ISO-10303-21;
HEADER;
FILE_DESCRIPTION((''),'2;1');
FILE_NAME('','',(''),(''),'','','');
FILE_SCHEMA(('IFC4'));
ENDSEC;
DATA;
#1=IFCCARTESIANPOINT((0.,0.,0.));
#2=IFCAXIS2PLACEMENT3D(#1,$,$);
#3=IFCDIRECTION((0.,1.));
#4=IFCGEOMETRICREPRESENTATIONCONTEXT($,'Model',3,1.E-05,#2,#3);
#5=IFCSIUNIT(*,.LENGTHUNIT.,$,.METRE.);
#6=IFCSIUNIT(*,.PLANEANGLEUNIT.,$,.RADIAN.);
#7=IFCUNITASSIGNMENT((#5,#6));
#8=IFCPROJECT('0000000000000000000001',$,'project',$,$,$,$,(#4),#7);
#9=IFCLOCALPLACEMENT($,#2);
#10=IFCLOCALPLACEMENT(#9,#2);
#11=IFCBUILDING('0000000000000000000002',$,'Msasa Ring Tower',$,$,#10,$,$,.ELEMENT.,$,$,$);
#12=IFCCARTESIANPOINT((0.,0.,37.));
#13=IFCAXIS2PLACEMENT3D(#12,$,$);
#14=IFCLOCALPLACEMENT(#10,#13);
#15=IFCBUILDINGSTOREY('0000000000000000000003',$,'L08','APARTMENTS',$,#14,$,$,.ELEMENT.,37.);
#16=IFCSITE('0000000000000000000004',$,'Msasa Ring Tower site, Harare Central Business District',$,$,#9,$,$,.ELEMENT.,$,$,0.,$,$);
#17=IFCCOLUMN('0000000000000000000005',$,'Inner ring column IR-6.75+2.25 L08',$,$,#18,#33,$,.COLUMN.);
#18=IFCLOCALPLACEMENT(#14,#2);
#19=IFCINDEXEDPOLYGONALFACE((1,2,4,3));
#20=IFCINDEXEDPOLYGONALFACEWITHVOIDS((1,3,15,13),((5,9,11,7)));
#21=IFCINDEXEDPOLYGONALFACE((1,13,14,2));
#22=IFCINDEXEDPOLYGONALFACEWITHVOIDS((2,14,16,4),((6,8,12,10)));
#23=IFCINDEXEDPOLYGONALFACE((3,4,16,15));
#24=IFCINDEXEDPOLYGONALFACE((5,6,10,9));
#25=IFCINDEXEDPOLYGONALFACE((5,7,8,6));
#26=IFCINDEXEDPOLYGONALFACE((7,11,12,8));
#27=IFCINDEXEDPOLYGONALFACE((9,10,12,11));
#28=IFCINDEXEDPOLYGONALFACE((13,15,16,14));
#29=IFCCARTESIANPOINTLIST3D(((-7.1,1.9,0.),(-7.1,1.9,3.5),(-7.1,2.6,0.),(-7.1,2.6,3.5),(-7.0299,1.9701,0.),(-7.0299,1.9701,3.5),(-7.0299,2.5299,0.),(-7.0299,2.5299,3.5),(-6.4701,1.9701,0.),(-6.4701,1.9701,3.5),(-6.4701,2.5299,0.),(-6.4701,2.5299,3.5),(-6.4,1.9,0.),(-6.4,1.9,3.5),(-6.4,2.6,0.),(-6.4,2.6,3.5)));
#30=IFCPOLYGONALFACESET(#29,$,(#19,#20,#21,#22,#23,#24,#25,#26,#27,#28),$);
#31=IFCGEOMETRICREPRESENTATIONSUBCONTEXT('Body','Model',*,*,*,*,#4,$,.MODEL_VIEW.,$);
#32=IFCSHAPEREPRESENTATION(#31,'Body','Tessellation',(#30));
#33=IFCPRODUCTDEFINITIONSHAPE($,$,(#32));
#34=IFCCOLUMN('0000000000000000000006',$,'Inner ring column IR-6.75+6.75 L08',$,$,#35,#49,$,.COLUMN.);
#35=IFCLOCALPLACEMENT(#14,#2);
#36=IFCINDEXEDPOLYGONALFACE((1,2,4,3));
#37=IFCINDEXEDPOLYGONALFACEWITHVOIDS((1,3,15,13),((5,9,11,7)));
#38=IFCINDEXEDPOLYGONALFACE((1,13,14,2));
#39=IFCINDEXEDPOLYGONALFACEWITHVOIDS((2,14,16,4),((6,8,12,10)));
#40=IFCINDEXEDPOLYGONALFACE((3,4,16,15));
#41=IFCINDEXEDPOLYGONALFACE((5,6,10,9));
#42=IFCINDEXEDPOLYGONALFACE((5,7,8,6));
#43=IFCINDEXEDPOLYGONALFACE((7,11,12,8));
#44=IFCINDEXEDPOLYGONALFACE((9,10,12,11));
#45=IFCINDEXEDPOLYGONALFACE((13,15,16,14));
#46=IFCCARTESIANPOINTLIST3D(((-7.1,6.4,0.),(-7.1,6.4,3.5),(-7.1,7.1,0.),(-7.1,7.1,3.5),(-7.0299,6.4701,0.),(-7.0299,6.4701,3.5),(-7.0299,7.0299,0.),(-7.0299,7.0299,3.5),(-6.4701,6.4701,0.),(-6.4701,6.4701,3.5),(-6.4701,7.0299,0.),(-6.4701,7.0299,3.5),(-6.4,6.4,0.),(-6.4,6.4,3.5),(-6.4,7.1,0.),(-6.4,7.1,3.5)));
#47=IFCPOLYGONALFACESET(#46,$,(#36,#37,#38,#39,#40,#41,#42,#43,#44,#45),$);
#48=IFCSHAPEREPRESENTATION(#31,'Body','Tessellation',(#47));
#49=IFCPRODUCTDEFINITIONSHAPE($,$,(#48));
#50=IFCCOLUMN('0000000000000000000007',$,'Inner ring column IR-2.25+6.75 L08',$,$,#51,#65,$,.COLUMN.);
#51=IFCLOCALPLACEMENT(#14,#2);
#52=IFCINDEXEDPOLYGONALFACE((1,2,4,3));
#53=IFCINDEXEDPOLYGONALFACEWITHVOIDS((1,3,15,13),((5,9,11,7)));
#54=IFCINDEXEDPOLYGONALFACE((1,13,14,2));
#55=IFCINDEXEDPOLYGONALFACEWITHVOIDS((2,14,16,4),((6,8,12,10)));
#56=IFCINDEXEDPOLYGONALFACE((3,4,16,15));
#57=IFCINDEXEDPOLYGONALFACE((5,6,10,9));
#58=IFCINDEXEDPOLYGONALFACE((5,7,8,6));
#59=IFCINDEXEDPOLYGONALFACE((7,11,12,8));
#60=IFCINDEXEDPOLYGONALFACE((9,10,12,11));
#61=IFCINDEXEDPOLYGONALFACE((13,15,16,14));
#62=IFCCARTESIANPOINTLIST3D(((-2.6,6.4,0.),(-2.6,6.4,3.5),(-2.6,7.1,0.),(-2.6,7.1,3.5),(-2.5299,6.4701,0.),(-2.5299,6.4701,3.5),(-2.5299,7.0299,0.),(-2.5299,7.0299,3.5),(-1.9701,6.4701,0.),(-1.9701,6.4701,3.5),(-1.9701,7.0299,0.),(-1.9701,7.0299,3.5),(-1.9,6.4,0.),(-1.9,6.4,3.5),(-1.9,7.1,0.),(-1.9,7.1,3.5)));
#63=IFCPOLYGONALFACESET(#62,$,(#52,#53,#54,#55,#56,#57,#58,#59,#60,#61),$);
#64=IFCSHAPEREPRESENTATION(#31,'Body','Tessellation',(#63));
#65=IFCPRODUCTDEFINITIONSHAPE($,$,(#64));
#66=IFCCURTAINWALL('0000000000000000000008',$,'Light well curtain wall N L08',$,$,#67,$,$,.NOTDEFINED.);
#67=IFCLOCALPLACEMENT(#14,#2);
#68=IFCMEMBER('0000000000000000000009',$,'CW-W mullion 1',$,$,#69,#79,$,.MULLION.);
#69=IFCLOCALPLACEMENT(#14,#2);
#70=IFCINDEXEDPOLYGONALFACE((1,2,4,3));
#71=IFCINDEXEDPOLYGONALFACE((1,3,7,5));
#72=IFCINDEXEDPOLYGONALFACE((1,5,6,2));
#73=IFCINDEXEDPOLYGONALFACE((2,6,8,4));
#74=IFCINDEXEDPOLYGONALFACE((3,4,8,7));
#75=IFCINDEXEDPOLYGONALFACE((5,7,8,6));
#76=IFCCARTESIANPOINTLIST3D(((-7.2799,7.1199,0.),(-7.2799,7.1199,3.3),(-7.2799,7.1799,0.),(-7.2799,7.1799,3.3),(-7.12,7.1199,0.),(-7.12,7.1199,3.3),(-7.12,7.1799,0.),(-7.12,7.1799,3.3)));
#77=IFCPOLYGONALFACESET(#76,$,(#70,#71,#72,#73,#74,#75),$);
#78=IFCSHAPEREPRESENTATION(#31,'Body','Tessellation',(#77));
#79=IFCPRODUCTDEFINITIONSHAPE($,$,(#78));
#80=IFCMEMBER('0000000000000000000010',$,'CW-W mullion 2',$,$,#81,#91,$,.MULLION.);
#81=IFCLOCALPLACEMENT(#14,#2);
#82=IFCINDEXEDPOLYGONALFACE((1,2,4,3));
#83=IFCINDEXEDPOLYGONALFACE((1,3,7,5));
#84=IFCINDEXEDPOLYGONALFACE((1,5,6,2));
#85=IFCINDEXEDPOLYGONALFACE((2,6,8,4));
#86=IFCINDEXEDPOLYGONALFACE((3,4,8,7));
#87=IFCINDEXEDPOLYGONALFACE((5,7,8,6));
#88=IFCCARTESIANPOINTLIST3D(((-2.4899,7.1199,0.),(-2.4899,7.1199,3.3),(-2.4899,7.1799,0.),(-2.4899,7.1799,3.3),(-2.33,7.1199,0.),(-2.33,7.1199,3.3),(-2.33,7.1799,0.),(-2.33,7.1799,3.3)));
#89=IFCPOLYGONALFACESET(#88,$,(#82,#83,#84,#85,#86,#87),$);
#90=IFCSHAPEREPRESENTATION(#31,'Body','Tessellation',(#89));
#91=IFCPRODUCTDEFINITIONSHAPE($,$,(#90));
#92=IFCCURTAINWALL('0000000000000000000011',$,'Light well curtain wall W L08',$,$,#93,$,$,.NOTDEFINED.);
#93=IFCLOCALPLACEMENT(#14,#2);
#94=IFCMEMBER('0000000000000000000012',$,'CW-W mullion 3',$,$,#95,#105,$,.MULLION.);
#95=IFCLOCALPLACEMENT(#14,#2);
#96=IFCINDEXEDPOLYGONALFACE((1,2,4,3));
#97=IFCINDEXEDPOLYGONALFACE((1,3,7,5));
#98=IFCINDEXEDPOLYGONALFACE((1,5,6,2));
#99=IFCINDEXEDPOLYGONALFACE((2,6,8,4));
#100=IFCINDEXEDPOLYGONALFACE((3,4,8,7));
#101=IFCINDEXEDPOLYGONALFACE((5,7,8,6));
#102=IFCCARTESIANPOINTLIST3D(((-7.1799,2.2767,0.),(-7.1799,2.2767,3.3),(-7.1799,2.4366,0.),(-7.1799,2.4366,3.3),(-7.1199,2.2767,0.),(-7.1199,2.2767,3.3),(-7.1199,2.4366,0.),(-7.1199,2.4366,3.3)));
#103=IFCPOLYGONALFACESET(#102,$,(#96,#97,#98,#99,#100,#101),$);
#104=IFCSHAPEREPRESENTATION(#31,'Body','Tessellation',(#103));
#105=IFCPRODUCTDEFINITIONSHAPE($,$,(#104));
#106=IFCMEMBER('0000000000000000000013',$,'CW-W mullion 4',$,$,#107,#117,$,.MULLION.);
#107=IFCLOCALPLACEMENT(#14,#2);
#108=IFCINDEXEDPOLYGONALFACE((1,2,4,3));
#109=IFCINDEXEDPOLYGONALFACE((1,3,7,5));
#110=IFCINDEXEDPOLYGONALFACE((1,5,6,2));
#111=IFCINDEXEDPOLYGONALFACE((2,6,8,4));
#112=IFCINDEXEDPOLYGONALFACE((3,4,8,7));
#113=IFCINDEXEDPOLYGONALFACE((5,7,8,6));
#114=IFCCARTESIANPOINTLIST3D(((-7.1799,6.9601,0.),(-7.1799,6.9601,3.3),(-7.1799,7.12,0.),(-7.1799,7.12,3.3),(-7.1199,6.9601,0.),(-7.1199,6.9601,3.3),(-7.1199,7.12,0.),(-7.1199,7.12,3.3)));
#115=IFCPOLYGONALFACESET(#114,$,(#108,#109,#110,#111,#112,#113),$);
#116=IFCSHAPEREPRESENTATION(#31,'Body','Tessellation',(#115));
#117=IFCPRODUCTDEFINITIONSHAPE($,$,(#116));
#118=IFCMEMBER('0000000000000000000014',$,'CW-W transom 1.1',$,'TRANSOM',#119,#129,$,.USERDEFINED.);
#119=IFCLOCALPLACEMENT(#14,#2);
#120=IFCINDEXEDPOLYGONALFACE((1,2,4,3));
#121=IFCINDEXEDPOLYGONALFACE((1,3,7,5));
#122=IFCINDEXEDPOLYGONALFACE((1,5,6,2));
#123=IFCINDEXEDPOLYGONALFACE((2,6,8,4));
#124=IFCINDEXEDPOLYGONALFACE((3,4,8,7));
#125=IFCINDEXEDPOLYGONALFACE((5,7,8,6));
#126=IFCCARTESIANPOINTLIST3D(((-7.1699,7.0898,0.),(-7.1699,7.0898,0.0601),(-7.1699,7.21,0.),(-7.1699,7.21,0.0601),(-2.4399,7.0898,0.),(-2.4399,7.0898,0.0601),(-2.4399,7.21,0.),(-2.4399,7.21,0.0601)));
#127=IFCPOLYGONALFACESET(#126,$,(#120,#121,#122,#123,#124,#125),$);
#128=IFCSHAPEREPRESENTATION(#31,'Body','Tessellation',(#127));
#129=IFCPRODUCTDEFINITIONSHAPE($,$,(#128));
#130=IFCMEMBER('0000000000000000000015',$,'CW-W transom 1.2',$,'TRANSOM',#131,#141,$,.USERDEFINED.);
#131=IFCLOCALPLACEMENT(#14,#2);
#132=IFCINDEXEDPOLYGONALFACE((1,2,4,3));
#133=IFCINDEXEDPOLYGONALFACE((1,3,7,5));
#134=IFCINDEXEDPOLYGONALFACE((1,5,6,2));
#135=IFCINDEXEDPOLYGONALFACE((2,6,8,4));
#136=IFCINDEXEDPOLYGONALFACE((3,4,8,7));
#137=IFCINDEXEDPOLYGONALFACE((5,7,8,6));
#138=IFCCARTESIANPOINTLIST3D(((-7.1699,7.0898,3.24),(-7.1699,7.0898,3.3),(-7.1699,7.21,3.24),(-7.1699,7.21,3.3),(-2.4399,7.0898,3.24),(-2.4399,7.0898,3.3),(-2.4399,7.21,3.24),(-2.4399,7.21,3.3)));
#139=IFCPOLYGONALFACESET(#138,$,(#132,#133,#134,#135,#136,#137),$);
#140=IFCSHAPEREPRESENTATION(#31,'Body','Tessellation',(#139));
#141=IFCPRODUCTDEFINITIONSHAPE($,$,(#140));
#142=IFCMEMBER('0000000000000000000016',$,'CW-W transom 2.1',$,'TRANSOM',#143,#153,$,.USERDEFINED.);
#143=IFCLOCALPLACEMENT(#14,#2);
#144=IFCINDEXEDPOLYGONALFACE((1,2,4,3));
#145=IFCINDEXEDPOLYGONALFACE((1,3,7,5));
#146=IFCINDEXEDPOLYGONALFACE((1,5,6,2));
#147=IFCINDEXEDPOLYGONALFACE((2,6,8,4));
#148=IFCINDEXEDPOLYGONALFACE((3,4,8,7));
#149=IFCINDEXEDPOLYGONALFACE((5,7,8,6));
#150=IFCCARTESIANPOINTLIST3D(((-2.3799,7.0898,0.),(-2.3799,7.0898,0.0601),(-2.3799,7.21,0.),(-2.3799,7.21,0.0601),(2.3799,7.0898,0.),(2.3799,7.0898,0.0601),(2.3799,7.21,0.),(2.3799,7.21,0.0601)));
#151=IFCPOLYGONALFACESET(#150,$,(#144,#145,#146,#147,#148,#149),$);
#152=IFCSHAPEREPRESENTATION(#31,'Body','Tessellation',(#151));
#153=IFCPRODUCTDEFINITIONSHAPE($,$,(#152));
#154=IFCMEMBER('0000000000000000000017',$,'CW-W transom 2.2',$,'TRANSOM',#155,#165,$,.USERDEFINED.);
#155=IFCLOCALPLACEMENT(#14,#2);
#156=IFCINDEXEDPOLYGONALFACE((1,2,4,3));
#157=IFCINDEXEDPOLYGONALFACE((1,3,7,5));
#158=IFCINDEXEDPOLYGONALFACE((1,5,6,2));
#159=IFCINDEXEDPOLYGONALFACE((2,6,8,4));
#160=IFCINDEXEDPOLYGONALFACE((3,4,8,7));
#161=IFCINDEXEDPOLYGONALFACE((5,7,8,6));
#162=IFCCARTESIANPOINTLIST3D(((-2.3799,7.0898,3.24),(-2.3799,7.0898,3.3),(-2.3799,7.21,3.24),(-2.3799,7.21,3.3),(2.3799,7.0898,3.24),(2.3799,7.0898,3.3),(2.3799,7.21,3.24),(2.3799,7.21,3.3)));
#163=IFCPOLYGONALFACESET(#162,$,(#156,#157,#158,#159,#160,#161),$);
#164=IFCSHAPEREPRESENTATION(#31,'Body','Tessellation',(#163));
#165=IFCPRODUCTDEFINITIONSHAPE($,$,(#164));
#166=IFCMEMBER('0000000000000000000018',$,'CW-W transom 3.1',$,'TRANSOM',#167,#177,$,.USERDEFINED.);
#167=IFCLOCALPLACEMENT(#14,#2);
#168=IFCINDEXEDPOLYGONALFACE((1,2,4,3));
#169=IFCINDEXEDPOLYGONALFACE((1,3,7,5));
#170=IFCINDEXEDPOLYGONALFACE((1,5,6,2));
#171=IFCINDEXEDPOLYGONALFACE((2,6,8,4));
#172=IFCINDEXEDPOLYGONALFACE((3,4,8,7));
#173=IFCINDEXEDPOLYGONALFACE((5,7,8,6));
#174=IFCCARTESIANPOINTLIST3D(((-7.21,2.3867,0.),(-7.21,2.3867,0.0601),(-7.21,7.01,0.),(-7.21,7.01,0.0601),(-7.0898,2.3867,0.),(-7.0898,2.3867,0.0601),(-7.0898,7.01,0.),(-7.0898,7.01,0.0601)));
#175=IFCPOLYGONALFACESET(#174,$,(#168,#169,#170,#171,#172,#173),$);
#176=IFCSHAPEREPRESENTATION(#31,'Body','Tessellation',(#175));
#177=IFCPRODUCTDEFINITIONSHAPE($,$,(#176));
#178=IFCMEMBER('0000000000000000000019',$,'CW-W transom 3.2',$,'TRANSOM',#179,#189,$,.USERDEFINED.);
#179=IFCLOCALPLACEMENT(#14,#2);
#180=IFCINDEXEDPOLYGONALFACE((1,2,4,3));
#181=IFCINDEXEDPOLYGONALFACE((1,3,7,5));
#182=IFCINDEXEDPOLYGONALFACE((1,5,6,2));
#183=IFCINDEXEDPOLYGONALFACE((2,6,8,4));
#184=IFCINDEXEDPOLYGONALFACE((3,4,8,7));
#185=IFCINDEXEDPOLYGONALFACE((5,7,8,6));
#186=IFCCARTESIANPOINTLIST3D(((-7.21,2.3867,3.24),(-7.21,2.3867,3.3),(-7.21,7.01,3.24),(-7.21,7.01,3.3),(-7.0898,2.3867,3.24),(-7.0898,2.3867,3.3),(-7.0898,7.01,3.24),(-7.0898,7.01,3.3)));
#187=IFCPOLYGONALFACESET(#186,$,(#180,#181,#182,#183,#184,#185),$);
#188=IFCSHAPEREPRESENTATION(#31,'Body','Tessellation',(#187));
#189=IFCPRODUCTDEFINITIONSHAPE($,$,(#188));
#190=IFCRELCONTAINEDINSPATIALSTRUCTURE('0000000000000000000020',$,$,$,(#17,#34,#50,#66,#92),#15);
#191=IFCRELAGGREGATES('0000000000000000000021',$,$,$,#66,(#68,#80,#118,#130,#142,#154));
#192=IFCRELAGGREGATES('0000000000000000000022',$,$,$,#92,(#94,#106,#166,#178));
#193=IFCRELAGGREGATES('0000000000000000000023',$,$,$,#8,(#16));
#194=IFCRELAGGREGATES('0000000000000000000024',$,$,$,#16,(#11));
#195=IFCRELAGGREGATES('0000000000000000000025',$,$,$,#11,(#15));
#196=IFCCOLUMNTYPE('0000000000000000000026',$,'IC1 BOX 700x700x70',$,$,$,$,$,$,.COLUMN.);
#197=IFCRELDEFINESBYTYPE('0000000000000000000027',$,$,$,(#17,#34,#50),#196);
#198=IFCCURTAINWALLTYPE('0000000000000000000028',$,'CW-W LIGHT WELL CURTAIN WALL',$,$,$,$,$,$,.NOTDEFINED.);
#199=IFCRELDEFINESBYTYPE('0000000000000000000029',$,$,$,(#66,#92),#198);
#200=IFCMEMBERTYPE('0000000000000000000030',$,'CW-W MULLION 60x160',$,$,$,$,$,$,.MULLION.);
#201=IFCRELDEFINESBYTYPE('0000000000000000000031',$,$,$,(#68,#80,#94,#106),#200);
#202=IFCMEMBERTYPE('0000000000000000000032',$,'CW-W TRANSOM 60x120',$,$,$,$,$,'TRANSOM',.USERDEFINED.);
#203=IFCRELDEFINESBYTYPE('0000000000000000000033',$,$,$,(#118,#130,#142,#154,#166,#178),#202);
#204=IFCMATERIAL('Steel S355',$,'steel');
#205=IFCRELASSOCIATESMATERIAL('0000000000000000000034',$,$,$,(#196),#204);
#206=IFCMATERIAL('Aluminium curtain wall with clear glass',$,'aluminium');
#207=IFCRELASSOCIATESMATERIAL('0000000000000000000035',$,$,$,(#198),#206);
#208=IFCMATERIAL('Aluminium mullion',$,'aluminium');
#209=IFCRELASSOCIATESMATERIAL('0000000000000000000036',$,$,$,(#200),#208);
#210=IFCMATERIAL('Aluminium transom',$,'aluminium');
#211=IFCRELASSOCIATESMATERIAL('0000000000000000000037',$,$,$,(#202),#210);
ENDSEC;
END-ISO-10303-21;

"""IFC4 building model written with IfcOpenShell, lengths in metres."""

from ifc_helpers import new_model, si_unit, direction, frame, origin, origin_2d, place, context, subcontext, project, spatial, rectangle, hollow_rectangle, extrude, material, material_profile, profile_set, type_object, element, aggregate, save


model = new_model("IFC4")

# Units and contexts
model_context = context("Model", 3, precision=1e-05, world=origin(), true_north=direction((0.0, 1.0)))
body_context = subcontext(model_context, "Body", "Model", "MODEL_VIEW")
ifc_project = project(units=[si_unit("LENGTHUNIT", "METRE"), si_unit("PLANEANGLEUNIT", "RADIAN")], contexts=[model_context])

# Site, building, storey
site_placement = place(None, origin())
site = spatial("IfcSite", under=ifc_project, at=site_placement, Name="Msasa Ring Tower site, Harare Central Business District", CompositionType="ELEMENT", RefElevation=0.0)
building_placement = place(site_placement, origin())
building = spatial("IfcBuilding", under=site, at=building_placement, Name="Msasa Ring Tower", CompositionType="ELEMENT")
storey_placement = place(building_placement, frame((0.0, 0.0, 37.0)))
storey = spatial("IfcBuildingStorey", under=building, at=storey_placement, Name="L08", Description="APARTMENTS", CompositionType="ELEMENT", Elevation=37.0)

# Columns
ifc_material_1 = material(Name="Steel S355", Category="steel")
ifc_material_profile_1 = material_profile(ifc_material_1, hollow_rectangle(XDim=0.7, YDim=0.7, WallThickness=0.0701, at=origin_2d()), Name="BOX 700x700x70")
ifc_profile_set_1 = profile_set([ifc_material_profile_1], Name="Steel S355")
column_type = type_object("IfcColumnType", Name="IC1 BOX 700x700x70", PredefinedType="COLUMN", material=ifc_profile_set_1)
for number, where, z_axis, x_axis, name in (
    (1, (-6.75, 2.25, 0.0), (0.0, 0.0, 1.0), (1.0, 0.0, 0.0), "Inner ring column IR-6.75+2.25 L08"),
    (2, (-6.75, 6.75, 0.0), (0.0, 0.0, 1.0), (1.0, 0.0, 0.0), "Inner ring column IR-6.75+6.75 L08"),
    (3, (-2.25, 6.75, 0.0), (0.0, 0.0, 1.0), (1.0, 0.0, 0.0), "Inner ring column IR-2.25+6.75 L08"),
):
    element("IfcColumn", number, at=place(storey_placement, frame(where, z_axis=z_axis, x_axis=x_axis)), inside=storey, type_object=column_type, Name=name, PredefinedType="COLUMN", context=body_context, shape_type="SweptSolid", body=[
        extrude(hollow_rectangle(XDim=0.7, YDim=0.7, WallThickness=0.0701, at=origin_2d()), origin(), (0.0, 0.0, 1.0), 3.5),
    ])

# Curtain walls, members
ifc_material_2 = material(Name="Aluminium curtain wall with clear glass", Category="aluminium")
curtain_wall_type = type_object("IfcCurtainWallType", Name="CW-W LIGHT WELL CURTAIN WALL", PredefinedType="NOTDEFINED", material=ifc_material_2)
curtain_wall_1_placement = place(storey_placement, origin())
curtain_wall_1 = element("IfcCurtainWall", 4, at=curtain_wall_1_placement, inside=storey, type_object=curtain_wall_type, Name="Light well curtain wall N L08", PredefinedType="NOTDEFINED")
ifc_material_3 = material(Name="Aluminium mullion", Category="aluminium")
ifc_material_profile_2 = material_profile(ifc_material_3, rectangle(XDim=0.0601, YDim=0.1599, at=origin_2d()), Name="AL 60x160")
ifc_profile_set_2 = profile_set([ifc_material_profile_2], Name="Aluminium mullion")
member_type_1 = type_object("IfcMemberType", Name="CW-W MULLION 60x160", PredefinedType="MULLION", material=ifc_profile_set_2)
member_1_placement = place(storey_placement, frame((-7.2, 7.1499, 0.0), z_axis=(0.0, 0.0, 1.0), x_axis=(0.0, 1.0, 0.0)))
member_1 = element("IfcMember", 5, at=member_1_placement, type_object=member_type_1, Name="CW-W mullion 1", PredefinedType="MULLION", context=body_context, shape_type="SweptSolid", body=[
    extrude(rectangle(XDim=0.0601, YDim=0.1599, at=origin_2d()), origin(), (0.0, 0.0, 1.0), 3.3),
])
member_2_placement = place(storey_placement, frame((-2.4099, 7.1499, 0.0), z_axis=(0.0, 0.0, 1.0), x_axis=(0.0, 1.0, 0.0)))
member_2 = element("IfcMember", 6, at=member_2_placement, type_object=member_type_1, Name="CW-W mullion 2", PredefinedType="MULLION", context=body_context, shape_type="SweptSolid", body=[
    extrude(rectangle(XDim=0.0601, YDim=0.1599, at=origin_2d()), origin(), (0.0, 0.0, 1.0), 3.3),
])
curtain_wall_2_placement = place(storey_placement, origin())
curtain_wall_2 = element("IfcCurtainWall", 7, at=curtain_wall_2_placement, inside=storey, type_object=curtain_wall_type, Name="Light well curtain wall W L08", PredefinedType="NOTDEFINED")
member_3_placement = place(storey_placement, frame((-7.1499, 2.3567, 0.0), z_axis=(0.0, 0.0, 1.0), x_axis=(-1.0, 0.0, 0.0)))
member_3 = element("IfcMember", 8, at=member_3_placement, type_object=member_type_1, Name="CW-W mullion 3", PredefinedType="MULLION", context=body_context, shape_type="SweptSolid", body=[
    extrude(rectangle(XDim=0.0601, YDim=0.1599, at=origin_2d()), origin(), (0.0, 0.0, 1.0), 3.3),
])
member_4_placement = place(storey_placement, frame((-7.1499, 7.04, 0.0), z_axis=(0.0, 0.0, 1.0), x_axis=(-1.0, 0.0, 0.0)))
member_4 = element("IfcMember", 9, at=member_4_placement, type_object=member_type_1, Name="CW-W mullion 4", PredefinedType="MULLION", context=body_context, shape_type="SweptSolid", body=[
    extrude(rectangle(XDim=0.0601, YDim=0.1599, at=origin_2d()), origin(), (0.0, 0.0, 1.0), 3.3),
])

# Members
ifc_material_4 = material(Name="Aluminium transom", Category="aluminium")
ifc_material_profile_3 = material_profile(ifc_material_4, rectangle(XDim=0.1201, YDim=0.0601, at=origin_2d()), Name="AL 60x120")
ifc_profile_set_3 = profile_set([ifc_material_profile_3], Name="Aluminium transom")
member_type_2 = type_object("IfcMemberType", Name="CW-W TRANSOM 60x120", ElementType="TRANSOM", PredefinedType="USERDEFINED", material=ifc_profile_set_3)
member_5_placement = place(storey_placement, frame((-7.1699, 7.1499, 0.03), z_axis=(1.0, 0.0, 0.0), x_axis=(0.0, 1.0, 0.0)))
member_5 = element("IfcMember", 10, at=member_5_placement, type_object=member_type_2, Name="CW-W transom 1.1", ObjectType="TRANSOM", PredefinedType="USERDEFINED", context=body_context, shape_type="SweptSolid", body=[
    extrude(rectangle(XDim=0.1201, YDim=0.0601, at=origin_2d()), origin(), (0.0, 0.0, 1.0), 4.73),
])
member_6_placement = place(storey_placement, frame((-7.1699, 7.1499, 3.27), z_axis=(1.0, 0.0, 0.0), x_axis=(0.0, 1.0, 0.0)))
member_6 = element("IfcMember", 11, at=member_6_placement, type_object=member_type_2, Name="CW-W transom 1.2", ObjectType="TRANSOM", PredefinedType="USERDEFINED", context=body_context, shape_type="SweptSolid", body=[
    extrude(rectangle(XDim=0.1201, YDim=0.0601, at=origin_2d()), origin(), (0.0, 0.0, 1.0), 4.73),
])
member_7_placement = place(storey_placement, frame((-2.3799, 7.1499, 0.03), z_axis=(1.0, 0.0, 0.0), x_axis=(0.0, 1.0, 0.0)))
member_7 = element("IfcMember", 12, at=member_7_placement, type_object=member_type_2, Name="CW-W transom 2.1", ObjectType="TRANSOM", PredefinedType="USERDEFINED", context=body_context, shape_type="SweptSolid", body=[
    extrude(rectangle(XDim=0.1201, YDim=0.0601, at=origin_2d()), origin(), (0.0, 0.0, 1.0), 4.7598),
])
member_8_placement = place(storey_placement, frame((-2.3799, 7.1499, 3.27), z_axis=(1.0, 0.0, 0.0), x_axis=(0.0, 1.0, 0.0)))
member_8 = element("IfcMember", 13, at=member_8_placement, type_object=member_type_2, Name="CW-W transom 2.2", ObjectType="TRANSOM", PredefinedType="USERDEFINED", context=body_context, shape_type="SweptSolid", body=[
    extrude(rectangle(XDim=0.1201, YDim=0.0601, at=origin_2d()), origin(), (0.0, 0.0, 1.0), 4.7598),
])
member_9_placement = place(storey_placement, frame((-7.1499, 2.3867, 0.03), z_axis=(0.0, 1.0, 0.0), x_axis=(-1.0, 0.0, 0.0)))
member_9 = element("IfcMember", 14, at=member_9_placement, type_object=member_type_2, Name="CW-W transom 3.1", ObjectType="TRANSOM", PredefinedType="USERDEFINED", context=body_context, shape_type="SweptSolid", body=[
    extrude(rectangle(XDim=0.1201, YDim=0.0601, at=origin_2d()), origin(), (0.0, 0.0, 1.0), 4.6233),
])
member_10_placement = place(storey_placement, frame((-7.1499, 2.3867, 3.27), z_axis=(0.0, 1.0, 0.0), x_axis=(-1.0, 0.0, 0.0)))
member_10 = element("IfcMember", 15, at=member_10_placement, type_object=member_type_2, Name="CW-W transom 3.2", ObjectType="TRANSOM", PredefinedType="USERDEFINED", context=body_context, shape_type="SweptSolid", body=[
    extrude(rectangle(XDim=0.1201, YDim=0.0601, at=origin_2d()), origin(), (0.0, 0.0, 1.0), 4.6233),
])

aggregate(curtain_wall_1, [member_1, member_2, member_5, member_6, member_7, member_8])
aggregate(curtain_wall_2, [member_3, member_4, member_9, member_10])

save(model, "model.ifc")
